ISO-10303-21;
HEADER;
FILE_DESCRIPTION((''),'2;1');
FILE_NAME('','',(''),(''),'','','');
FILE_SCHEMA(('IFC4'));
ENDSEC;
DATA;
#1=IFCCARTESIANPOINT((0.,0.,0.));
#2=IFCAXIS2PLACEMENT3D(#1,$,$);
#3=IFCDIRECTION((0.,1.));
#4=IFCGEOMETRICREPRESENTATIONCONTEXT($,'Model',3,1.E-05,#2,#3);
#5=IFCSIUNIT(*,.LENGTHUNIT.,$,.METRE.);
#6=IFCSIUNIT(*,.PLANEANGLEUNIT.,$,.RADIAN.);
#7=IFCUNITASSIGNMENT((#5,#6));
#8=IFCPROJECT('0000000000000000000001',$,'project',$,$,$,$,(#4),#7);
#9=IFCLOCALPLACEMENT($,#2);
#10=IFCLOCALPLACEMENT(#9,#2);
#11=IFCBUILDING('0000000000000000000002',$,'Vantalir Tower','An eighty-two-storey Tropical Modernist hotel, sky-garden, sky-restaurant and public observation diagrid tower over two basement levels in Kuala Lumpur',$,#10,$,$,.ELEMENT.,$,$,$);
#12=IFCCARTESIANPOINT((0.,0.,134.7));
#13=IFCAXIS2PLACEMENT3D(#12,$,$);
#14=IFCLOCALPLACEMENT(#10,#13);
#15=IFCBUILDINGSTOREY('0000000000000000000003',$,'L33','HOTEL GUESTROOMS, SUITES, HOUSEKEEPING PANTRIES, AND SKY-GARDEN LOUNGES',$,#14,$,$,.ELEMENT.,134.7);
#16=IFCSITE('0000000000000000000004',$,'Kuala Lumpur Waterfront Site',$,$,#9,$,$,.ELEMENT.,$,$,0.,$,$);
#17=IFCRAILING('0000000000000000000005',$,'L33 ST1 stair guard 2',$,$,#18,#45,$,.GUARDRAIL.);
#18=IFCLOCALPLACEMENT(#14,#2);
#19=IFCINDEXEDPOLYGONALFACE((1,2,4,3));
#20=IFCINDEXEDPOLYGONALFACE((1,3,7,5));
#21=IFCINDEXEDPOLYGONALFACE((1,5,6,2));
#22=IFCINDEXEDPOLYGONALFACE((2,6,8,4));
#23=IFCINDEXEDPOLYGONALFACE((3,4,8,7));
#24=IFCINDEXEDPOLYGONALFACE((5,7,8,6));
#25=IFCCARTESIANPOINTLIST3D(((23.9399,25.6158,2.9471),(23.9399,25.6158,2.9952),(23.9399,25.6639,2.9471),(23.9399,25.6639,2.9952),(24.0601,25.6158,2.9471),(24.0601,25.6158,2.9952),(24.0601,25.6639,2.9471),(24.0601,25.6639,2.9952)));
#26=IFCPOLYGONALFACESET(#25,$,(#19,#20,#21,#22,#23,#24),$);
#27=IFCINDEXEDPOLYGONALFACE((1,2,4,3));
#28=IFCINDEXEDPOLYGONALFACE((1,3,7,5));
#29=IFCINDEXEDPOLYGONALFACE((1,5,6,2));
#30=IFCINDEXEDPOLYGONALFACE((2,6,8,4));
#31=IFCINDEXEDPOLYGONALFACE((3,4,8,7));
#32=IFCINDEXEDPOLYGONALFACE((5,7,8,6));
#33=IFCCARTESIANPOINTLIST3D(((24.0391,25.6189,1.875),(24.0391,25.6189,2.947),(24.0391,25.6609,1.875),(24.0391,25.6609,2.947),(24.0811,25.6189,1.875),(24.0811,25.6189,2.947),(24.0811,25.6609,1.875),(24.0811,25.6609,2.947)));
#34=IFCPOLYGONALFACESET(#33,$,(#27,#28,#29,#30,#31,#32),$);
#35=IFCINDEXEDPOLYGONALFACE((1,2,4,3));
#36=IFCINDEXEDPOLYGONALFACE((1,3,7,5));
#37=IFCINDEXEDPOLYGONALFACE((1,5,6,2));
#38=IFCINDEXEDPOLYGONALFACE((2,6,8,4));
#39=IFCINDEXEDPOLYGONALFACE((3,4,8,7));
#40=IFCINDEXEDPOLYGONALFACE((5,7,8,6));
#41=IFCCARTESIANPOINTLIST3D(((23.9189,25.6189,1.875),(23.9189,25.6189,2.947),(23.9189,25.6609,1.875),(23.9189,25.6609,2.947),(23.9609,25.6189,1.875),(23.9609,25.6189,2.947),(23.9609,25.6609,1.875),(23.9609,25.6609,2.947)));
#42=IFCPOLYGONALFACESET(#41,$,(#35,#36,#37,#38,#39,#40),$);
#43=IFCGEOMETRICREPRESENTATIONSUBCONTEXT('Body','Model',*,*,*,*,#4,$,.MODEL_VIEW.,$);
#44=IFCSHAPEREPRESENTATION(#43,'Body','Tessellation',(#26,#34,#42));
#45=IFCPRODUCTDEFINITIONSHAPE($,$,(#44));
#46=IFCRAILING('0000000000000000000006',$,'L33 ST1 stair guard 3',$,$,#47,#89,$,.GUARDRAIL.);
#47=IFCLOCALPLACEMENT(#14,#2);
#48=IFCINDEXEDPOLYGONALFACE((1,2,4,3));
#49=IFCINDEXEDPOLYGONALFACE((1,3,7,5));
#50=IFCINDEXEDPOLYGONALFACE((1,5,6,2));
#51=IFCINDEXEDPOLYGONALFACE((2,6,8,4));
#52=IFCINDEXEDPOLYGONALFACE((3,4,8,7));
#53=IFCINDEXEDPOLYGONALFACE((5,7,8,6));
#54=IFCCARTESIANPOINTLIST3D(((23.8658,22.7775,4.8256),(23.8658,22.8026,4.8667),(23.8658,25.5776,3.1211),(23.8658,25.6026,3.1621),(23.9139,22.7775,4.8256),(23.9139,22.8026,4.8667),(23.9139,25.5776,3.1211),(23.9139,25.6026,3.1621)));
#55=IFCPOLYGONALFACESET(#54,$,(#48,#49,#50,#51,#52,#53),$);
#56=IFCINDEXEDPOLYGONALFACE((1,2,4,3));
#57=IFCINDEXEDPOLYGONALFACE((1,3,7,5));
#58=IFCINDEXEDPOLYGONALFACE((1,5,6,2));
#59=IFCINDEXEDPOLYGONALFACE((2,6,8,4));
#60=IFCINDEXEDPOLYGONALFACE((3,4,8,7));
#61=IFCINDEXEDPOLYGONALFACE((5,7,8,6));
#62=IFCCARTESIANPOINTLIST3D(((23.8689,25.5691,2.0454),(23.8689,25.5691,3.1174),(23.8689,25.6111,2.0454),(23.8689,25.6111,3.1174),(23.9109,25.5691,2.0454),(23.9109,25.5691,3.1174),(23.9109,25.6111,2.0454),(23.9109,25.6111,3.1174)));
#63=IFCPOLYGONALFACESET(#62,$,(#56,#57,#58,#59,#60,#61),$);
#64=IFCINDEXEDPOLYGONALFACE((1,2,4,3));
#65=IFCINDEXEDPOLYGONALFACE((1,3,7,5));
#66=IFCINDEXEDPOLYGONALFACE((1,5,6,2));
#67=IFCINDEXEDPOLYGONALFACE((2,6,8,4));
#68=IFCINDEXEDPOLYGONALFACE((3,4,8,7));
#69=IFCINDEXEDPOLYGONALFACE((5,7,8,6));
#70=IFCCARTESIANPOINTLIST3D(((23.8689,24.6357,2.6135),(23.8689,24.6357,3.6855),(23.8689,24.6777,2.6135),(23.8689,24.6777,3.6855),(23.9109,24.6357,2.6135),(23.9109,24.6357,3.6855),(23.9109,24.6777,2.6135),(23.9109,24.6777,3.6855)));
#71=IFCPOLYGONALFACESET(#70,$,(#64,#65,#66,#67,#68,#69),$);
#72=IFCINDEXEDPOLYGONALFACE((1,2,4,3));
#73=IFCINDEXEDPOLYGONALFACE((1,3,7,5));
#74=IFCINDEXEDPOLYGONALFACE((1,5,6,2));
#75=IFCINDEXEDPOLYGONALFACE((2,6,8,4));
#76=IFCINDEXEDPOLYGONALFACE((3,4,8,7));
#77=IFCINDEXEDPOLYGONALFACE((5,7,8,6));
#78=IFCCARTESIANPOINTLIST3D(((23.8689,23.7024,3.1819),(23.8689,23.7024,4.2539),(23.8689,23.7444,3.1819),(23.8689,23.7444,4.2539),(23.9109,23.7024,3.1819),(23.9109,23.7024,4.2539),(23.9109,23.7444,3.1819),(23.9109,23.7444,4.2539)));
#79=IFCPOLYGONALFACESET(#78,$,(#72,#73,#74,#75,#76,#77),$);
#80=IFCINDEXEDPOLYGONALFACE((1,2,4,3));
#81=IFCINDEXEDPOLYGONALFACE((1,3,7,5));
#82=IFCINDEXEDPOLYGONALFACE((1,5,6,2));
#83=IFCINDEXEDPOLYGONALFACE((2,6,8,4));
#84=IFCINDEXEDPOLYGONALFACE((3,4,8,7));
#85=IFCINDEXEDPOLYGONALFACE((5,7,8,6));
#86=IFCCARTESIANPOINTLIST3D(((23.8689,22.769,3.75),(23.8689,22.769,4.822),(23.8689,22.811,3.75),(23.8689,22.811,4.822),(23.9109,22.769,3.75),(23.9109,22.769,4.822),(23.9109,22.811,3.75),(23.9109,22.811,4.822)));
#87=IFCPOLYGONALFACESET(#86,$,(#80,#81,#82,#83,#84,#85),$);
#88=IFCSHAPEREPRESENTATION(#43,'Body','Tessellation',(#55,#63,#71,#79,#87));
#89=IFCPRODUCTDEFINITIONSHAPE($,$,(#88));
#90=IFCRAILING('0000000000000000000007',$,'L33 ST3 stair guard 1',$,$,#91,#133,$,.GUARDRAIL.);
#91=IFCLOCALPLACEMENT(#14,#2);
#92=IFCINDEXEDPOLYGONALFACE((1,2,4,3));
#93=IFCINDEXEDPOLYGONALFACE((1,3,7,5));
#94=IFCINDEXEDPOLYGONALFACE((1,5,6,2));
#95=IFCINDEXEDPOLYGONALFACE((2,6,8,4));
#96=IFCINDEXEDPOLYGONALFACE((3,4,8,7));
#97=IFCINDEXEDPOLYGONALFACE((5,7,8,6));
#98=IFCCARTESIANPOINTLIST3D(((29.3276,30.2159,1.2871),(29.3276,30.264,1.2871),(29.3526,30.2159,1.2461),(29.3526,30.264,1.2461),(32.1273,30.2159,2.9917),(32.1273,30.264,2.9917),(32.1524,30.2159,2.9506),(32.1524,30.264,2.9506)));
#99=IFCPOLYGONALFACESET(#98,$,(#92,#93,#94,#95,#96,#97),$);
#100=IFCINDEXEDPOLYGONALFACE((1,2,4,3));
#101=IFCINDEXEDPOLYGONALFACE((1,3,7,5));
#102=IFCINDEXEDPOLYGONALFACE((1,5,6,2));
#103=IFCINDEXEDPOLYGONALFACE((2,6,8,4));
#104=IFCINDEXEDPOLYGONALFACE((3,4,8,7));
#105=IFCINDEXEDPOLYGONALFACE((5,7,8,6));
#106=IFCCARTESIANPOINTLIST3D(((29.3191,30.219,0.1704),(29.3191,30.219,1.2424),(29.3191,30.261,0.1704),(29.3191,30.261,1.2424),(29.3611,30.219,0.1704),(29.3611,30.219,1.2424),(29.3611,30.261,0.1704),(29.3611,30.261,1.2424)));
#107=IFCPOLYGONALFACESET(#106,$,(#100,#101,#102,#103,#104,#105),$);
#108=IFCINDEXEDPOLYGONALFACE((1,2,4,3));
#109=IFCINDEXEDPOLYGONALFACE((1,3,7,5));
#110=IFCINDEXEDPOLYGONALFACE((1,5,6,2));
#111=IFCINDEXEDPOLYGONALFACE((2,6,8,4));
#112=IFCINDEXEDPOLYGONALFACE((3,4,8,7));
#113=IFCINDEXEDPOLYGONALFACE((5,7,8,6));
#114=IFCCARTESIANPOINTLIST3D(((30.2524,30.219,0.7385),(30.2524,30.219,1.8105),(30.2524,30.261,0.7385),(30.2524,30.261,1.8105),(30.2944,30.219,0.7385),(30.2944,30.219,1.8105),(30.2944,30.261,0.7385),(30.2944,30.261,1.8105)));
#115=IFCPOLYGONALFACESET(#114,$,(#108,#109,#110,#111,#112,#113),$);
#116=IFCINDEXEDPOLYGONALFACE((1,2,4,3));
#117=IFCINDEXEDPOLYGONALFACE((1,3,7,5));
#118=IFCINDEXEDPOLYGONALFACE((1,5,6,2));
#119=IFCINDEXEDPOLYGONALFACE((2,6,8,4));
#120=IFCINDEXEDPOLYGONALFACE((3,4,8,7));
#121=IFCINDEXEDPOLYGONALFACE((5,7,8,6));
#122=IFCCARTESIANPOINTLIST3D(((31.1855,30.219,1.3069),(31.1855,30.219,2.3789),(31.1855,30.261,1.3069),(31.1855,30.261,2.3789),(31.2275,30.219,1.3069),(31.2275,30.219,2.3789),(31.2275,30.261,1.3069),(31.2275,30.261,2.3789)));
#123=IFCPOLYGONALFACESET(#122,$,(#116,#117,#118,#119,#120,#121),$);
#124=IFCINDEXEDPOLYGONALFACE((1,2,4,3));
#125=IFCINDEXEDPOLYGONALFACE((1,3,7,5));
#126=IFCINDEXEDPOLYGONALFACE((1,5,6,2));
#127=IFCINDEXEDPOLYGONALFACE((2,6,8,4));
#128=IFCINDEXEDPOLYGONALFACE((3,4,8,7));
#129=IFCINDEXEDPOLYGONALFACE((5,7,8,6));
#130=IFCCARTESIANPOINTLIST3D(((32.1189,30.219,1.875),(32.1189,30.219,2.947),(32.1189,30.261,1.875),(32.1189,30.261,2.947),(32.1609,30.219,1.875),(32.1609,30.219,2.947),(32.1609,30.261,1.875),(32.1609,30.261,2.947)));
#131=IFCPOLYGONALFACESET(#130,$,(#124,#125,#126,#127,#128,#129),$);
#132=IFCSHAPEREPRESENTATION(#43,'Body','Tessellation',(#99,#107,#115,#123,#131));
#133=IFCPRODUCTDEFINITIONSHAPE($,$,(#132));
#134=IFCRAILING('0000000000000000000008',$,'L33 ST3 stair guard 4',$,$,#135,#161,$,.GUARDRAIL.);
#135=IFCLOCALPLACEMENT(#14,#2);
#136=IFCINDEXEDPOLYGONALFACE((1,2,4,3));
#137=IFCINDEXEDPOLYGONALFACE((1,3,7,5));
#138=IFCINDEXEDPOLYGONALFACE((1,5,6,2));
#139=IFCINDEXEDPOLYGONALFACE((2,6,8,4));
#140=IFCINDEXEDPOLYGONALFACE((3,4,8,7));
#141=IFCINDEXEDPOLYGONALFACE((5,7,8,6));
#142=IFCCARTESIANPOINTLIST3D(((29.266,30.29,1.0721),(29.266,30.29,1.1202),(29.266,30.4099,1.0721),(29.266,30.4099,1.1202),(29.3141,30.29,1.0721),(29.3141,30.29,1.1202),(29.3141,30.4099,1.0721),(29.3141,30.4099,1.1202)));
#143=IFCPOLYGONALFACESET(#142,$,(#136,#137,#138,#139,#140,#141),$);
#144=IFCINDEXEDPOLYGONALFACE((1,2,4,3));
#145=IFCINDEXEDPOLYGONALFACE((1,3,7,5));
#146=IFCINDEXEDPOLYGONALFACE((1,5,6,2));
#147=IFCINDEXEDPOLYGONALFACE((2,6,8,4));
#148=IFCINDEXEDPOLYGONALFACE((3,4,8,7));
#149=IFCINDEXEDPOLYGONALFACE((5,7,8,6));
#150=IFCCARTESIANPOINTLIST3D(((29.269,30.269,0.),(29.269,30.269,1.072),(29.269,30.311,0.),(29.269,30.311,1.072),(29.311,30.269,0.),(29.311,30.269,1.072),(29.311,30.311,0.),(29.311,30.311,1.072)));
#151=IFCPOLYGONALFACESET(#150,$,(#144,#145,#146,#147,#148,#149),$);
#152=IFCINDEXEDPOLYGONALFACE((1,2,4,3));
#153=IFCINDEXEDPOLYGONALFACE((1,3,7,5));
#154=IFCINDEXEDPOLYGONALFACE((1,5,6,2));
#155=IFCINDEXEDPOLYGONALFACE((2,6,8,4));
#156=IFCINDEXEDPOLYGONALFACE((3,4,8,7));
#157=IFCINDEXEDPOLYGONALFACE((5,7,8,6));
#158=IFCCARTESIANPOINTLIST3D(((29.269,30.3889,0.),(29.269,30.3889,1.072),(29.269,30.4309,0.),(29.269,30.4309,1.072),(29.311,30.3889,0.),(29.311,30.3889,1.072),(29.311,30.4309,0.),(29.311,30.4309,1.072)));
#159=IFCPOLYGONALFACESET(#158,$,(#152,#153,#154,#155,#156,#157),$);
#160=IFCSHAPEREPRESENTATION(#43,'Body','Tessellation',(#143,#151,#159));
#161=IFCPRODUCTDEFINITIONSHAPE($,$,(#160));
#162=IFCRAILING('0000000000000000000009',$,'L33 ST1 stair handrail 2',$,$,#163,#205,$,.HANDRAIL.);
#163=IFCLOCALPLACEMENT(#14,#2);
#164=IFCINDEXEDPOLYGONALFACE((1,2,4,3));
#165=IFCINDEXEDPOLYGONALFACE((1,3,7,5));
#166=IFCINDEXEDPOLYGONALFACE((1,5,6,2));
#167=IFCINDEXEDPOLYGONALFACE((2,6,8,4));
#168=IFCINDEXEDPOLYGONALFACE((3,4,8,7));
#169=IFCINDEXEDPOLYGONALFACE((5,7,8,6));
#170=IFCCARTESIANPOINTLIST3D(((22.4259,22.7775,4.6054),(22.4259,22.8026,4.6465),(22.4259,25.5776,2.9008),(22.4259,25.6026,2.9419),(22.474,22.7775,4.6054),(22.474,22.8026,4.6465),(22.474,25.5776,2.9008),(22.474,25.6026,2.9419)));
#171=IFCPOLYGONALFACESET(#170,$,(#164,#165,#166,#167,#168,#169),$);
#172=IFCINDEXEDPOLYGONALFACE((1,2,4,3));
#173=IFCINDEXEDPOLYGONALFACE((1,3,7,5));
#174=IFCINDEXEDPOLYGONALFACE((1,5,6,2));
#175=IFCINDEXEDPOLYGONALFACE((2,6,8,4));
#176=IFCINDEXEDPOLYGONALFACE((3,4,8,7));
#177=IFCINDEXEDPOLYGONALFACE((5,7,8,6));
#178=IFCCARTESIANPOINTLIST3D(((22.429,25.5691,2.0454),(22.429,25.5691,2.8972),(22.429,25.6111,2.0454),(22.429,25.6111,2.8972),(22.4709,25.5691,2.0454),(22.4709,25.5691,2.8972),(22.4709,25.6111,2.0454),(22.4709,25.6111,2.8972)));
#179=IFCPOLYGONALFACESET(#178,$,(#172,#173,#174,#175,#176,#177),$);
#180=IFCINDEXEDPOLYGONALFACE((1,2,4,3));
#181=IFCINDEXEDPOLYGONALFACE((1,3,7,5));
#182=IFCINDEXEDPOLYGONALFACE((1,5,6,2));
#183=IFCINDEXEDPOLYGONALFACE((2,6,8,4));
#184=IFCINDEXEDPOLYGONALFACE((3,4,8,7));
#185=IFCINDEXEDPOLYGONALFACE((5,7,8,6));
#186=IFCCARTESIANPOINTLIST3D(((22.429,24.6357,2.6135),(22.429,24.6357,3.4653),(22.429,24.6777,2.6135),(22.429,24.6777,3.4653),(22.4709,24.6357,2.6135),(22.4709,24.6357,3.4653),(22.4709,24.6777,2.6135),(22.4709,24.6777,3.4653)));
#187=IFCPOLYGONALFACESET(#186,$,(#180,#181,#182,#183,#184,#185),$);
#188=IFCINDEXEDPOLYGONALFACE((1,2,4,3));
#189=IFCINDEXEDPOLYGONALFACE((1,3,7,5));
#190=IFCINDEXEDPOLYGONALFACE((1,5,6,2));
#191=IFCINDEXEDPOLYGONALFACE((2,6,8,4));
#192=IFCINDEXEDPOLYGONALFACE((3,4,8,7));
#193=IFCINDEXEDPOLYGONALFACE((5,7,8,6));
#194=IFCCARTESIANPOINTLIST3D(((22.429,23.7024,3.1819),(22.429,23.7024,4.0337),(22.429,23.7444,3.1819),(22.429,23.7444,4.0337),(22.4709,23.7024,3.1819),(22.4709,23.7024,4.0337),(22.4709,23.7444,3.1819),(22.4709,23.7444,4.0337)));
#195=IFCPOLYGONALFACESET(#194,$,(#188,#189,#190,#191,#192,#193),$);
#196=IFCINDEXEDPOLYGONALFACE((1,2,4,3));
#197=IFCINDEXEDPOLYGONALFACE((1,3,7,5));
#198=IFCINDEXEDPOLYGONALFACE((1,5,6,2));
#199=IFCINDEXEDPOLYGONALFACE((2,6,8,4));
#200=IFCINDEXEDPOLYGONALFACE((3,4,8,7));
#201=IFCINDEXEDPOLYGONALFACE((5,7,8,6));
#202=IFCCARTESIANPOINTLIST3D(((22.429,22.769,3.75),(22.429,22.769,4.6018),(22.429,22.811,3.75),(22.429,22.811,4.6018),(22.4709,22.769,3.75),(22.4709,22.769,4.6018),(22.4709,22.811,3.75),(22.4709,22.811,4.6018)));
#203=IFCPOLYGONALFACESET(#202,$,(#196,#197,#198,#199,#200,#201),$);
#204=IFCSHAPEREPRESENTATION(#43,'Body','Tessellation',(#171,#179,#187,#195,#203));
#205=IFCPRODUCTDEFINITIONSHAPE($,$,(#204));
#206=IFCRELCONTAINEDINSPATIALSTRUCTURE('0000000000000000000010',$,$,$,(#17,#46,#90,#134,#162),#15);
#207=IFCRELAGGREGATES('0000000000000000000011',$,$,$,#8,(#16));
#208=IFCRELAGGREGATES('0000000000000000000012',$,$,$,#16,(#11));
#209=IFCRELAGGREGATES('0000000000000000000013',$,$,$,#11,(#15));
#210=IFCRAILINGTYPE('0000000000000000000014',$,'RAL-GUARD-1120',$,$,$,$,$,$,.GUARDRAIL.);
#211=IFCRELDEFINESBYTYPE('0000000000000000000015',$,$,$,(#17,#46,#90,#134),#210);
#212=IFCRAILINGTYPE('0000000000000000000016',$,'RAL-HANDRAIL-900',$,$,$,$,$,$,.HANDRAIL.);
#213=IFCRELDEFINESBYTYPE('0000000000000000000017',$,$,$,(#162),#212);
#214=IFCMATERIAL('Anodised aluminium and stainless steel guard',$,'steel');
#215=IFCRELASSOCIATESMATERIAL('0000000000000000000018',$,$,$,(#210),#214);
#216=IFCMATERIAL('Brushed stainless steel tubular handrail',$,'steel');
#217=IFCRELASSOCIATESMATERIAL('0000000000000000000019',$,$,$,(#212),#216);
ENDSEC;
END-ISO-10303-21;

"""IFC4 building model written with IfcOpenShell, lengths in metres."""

from ifc_helpers import new_model, si_unit, direction, frame, origin, origin_2d, place, context, subcontext, project, spatial, rectangle, extrude, material, type_object, element, save


model = new_model("IFC4")

# Units and contexts
model_context = context("Model", 3, precision=1e-05, world=origin(), true_north=direction((0.0, 1.0)))
body_context = subcontext(model_context, "Body", "Model", "MODEL_VIEW")
ifc_project = project(units=[si_unit("LENGTHUNIT", "METRE"), si_unit("PLANEANGLEUNIT", "RADIAN")], contexts=[model_context])

# Site, building, storey
site_placement = place(None, origin())
site = spatial("IfcSite", under=ifc_project, at=site_placement, Name="Kuala Lumpur Waterfront Site", CompositionType="ELEMENT", RefElevation=0.0)
building_placement = place(site_placement, origin())
building = spatial("IfcBuilding", under=site, at=building_placement, Name="Vantalir Tower", Description="An eighty-two-storey Tropical Modernist hotel, sky-garden, sky-restaurant and public observation diagrid tower over two basement levels in Kuala Lumpur", CompositionType="ELEMENT")
storey_placement = place(building_placement, frame((0.0, 0.0, 134.7)))
storey = spatial("IfcBuildingStorey", under=building, at=storey_placement, Name="L33", Description="HOTEL GUESTROOMS, SUITES, HOUSEKEEPING PANTRIES, AND SKY-GARDEN LOUNGES", CompositionType="ELEMENT", Elevation=134.7)

# Railings
ifc_material_1 = material(Name="Anodised aluminium and stainless steel guard", Category="steel")
railing_type_1 = type_object("IfcRailingType", Name="RAL-GUARD-1120", PredefinedType="GUARDRAIL", material=ifc_material_1)
railing_1_placement = place(storey_placement, frame((24.0601, 25.6399, 1.875)))
element("IfcRailing", 1, at=railing_1_placement, inside=storey, type_object=railing_type_1, Name="L33 ST1 stair guard 2", PredefinedType="GUARDRAIL", context=body_context, shape_type="SweptSolid", body=[
    extrude(rectangle(XDim=0.0481, YDim=0.0481, at=origin_2d()), frame((0.0, 0.0, 1.0962), z_axis=(-1.0, 0.0, 0.0), x_axis=(0.0, -1.0, 0.0)), (0.0, 0.0, 1.0), 0.1201),
    extrude(rectangle(XDim=0.042, YDim=0.042, at=origin_2d()), origin(), (0.0, 0.0, 1.0), 1.072),
    extrude(rectangle(XDim=0.042, YDim=0.042, at=origin_2d()), frame((-0.1201, 0.0, 0.0)), (0.0, 0.0, 1.0), 1.072),
])
railing_2_placement = place(storey_placement, frame((23.8899, 25.5901, 2.0454)))
element("IfcRailing", 2, at=railing_2_placement, inside=storey, type_object=railing_type_1, Name="L33 ST1 stair guard 3", PredefinedType="GUARDRAIL", context=body_context, shape_type="SweptSolid", body=[
    extrude(rectangle(XDim=0.0481, YDim=0.0481, at=origin_2d()), frame((0.0, 0.0, 1.0962), z_axis=(0.0, -0.85417, 0.519994), x_axis=(1.0, 0.0, 0.0)), (0.0, 0.0, 1.0), 3.2781),
    extrude(rectangle(XDim=0.042, YDim=0.042, at=origin_2d()), origin(), (0.0, 0.0, 1.0), 1.072),
    extrude(rectangle(XDim=0.042, YDim=0.042, at=origin_2d()), frame((0.0, -0.9333, 0.5681)), (0.0, 0.0, 1.0), 1.072),
    extrude(rectangle(XDim=0.042, YDim=0.042, at=origin_2d()), frame((0.0, -1.8667, 1.1365)), (0.0, 0.0, 1.0), 1.072),
    extrude(rectangle(XDim=0.042, YDim=0.042, at=origin_2d()), frame((0.0, -2.8, 1.7046)), (0.0, 0.0, 1.0), 1.072),
])
railing_3_placement = place(storey_placement, frame((29.3401, 30.24, 0.1704)))
element("IfcRailing", 3, at=railing_3_placement, inside=storey, type_object=railing_type_1, Name="L33 ST3 stair guard 1", PredefinedType="GUARDRAIL", context=body_context, shape_type="SweptSolid", body=[
    extrude(rectangle(XDim=0.0481, YDim=0.0481, at=origin_2d()), frame((0.0, 0.0, 1.0962), z_axis=(0.85415, 0.0, 0.520027), x_axis=(0.0, 1.0, 0.0)), (0.0, 0.0, 1.0), 3.2778),
    extrude(rectangle(XDim=0.042, YDim=0.042, at=origin_2d()), origin(), (0.0, 0.0, 1.0), 1.072),
    extrude(rectangle(XDim=0.042, YDim=0.042, at=origin_2d()), frame((0.9333, 0.0, 0.5681)), (0.0, 0.0, 1.0), 1.072),
    extrude(rectangle(XDim=0.042, YDim=0.042, at=origin_2d()), frame((1.8665, 0.0, 1.1365)), (0.0, 0.0, 1.0), 1.072),
    extrude(rectangle(XDim=0.042, YDim=0.042, at=origin_2d()), frame((2.7998, 0.0, 1.7046)), (0.0, 0.0, 1.0), 1.072),
])
railing_4_placement = place(storey_placement, frame((29.29, 30.29, 0.0)))
element("IfcRailing", 4, at=railing_4_placement, inside=storey, type_object=railing_type_1, Name="L33 ST3 stair guard 4", PredefinedType="GUARDRAIL", context=body_context, shape_type="SweptSolid", body=[
    extrude(rectangle(XDim=0.0481, YDim=0.0481, at=origin_2d()), frame((0.0, 0.0, 1.0962), z_axis=(0.0, 1.0, 0.0), x_axis=(-1.0, 0.0, 0.0)), (0.0, 0.0, 1.0), 0.1199),
    extrude(rectangle(XDim=0.042, YDim=0.042, at=origin_2d()), origin(), (0.0, 0.0, 1.0), 1.072),
    extrude(rectangle(XDim=0.042, YDim=0.042, at=origin_2d()), frame((0.0, 0.1199, 0.0)), (0.0, 0.0, 1.0), 1.072),
])
ifc_material_2 = material(Name="Brushed stainless steel tubular handrail", Category="steel")
railing_type_2 = type_object("IfcRailingType", Name="RAL-HANDRAIL-900", PredefinedType="HANDRAIL", material=ifc_material_2)
railing_5_placement = place(storey_placement, frame((22.45, 25.5901, 2.0454)))
element("IfcRailing", 5, at=railing_5_placement, inside=storey, type_object=railing_type_2, Name="L33 ST1 stair handrail 2", PredefinedType="HANDRAIL", context=body_context, shape_type="SweptSolid", body=[
    extrude(rectangle(XDim=0.0481, YDim=0.0481, at=origin_2d()), frame((0.0, 0.0, 0.876), z_axis=(0.0, -0.85417, 0.519994), x_axis=(1.0, 0.0, 0.0)), (0.0, 0.0, 1.0), 3.2781),
    extrude(rectangle(XDim=0.042, YDim=0.042, at=origin_2d()), origin(), (0.0, 0.0, 1.0), 0.8518),
    extrude(rectangle(XDim=0.042, YDim=0.042, at=origin_2d()), frame((0.0, -0.9333, 0.5681)), (0.0, 0.0, 1.0), 0.8518),
    extrude(rectangle(XDim=0.042, YDim=0.042, at=origin_2d()), frame((0.0, -1.8667, 1.1365)), (0.0, 0.0, 1.0), 0.8518),
    extrude(rectangle(XDim=0.042, YDim=0.042, at=origin_2d()), frame((0.0, -2.8, 1.7046)), (0.0, 0.0, 1.0), 0.8518),
])

save(model, "model.ifc")
